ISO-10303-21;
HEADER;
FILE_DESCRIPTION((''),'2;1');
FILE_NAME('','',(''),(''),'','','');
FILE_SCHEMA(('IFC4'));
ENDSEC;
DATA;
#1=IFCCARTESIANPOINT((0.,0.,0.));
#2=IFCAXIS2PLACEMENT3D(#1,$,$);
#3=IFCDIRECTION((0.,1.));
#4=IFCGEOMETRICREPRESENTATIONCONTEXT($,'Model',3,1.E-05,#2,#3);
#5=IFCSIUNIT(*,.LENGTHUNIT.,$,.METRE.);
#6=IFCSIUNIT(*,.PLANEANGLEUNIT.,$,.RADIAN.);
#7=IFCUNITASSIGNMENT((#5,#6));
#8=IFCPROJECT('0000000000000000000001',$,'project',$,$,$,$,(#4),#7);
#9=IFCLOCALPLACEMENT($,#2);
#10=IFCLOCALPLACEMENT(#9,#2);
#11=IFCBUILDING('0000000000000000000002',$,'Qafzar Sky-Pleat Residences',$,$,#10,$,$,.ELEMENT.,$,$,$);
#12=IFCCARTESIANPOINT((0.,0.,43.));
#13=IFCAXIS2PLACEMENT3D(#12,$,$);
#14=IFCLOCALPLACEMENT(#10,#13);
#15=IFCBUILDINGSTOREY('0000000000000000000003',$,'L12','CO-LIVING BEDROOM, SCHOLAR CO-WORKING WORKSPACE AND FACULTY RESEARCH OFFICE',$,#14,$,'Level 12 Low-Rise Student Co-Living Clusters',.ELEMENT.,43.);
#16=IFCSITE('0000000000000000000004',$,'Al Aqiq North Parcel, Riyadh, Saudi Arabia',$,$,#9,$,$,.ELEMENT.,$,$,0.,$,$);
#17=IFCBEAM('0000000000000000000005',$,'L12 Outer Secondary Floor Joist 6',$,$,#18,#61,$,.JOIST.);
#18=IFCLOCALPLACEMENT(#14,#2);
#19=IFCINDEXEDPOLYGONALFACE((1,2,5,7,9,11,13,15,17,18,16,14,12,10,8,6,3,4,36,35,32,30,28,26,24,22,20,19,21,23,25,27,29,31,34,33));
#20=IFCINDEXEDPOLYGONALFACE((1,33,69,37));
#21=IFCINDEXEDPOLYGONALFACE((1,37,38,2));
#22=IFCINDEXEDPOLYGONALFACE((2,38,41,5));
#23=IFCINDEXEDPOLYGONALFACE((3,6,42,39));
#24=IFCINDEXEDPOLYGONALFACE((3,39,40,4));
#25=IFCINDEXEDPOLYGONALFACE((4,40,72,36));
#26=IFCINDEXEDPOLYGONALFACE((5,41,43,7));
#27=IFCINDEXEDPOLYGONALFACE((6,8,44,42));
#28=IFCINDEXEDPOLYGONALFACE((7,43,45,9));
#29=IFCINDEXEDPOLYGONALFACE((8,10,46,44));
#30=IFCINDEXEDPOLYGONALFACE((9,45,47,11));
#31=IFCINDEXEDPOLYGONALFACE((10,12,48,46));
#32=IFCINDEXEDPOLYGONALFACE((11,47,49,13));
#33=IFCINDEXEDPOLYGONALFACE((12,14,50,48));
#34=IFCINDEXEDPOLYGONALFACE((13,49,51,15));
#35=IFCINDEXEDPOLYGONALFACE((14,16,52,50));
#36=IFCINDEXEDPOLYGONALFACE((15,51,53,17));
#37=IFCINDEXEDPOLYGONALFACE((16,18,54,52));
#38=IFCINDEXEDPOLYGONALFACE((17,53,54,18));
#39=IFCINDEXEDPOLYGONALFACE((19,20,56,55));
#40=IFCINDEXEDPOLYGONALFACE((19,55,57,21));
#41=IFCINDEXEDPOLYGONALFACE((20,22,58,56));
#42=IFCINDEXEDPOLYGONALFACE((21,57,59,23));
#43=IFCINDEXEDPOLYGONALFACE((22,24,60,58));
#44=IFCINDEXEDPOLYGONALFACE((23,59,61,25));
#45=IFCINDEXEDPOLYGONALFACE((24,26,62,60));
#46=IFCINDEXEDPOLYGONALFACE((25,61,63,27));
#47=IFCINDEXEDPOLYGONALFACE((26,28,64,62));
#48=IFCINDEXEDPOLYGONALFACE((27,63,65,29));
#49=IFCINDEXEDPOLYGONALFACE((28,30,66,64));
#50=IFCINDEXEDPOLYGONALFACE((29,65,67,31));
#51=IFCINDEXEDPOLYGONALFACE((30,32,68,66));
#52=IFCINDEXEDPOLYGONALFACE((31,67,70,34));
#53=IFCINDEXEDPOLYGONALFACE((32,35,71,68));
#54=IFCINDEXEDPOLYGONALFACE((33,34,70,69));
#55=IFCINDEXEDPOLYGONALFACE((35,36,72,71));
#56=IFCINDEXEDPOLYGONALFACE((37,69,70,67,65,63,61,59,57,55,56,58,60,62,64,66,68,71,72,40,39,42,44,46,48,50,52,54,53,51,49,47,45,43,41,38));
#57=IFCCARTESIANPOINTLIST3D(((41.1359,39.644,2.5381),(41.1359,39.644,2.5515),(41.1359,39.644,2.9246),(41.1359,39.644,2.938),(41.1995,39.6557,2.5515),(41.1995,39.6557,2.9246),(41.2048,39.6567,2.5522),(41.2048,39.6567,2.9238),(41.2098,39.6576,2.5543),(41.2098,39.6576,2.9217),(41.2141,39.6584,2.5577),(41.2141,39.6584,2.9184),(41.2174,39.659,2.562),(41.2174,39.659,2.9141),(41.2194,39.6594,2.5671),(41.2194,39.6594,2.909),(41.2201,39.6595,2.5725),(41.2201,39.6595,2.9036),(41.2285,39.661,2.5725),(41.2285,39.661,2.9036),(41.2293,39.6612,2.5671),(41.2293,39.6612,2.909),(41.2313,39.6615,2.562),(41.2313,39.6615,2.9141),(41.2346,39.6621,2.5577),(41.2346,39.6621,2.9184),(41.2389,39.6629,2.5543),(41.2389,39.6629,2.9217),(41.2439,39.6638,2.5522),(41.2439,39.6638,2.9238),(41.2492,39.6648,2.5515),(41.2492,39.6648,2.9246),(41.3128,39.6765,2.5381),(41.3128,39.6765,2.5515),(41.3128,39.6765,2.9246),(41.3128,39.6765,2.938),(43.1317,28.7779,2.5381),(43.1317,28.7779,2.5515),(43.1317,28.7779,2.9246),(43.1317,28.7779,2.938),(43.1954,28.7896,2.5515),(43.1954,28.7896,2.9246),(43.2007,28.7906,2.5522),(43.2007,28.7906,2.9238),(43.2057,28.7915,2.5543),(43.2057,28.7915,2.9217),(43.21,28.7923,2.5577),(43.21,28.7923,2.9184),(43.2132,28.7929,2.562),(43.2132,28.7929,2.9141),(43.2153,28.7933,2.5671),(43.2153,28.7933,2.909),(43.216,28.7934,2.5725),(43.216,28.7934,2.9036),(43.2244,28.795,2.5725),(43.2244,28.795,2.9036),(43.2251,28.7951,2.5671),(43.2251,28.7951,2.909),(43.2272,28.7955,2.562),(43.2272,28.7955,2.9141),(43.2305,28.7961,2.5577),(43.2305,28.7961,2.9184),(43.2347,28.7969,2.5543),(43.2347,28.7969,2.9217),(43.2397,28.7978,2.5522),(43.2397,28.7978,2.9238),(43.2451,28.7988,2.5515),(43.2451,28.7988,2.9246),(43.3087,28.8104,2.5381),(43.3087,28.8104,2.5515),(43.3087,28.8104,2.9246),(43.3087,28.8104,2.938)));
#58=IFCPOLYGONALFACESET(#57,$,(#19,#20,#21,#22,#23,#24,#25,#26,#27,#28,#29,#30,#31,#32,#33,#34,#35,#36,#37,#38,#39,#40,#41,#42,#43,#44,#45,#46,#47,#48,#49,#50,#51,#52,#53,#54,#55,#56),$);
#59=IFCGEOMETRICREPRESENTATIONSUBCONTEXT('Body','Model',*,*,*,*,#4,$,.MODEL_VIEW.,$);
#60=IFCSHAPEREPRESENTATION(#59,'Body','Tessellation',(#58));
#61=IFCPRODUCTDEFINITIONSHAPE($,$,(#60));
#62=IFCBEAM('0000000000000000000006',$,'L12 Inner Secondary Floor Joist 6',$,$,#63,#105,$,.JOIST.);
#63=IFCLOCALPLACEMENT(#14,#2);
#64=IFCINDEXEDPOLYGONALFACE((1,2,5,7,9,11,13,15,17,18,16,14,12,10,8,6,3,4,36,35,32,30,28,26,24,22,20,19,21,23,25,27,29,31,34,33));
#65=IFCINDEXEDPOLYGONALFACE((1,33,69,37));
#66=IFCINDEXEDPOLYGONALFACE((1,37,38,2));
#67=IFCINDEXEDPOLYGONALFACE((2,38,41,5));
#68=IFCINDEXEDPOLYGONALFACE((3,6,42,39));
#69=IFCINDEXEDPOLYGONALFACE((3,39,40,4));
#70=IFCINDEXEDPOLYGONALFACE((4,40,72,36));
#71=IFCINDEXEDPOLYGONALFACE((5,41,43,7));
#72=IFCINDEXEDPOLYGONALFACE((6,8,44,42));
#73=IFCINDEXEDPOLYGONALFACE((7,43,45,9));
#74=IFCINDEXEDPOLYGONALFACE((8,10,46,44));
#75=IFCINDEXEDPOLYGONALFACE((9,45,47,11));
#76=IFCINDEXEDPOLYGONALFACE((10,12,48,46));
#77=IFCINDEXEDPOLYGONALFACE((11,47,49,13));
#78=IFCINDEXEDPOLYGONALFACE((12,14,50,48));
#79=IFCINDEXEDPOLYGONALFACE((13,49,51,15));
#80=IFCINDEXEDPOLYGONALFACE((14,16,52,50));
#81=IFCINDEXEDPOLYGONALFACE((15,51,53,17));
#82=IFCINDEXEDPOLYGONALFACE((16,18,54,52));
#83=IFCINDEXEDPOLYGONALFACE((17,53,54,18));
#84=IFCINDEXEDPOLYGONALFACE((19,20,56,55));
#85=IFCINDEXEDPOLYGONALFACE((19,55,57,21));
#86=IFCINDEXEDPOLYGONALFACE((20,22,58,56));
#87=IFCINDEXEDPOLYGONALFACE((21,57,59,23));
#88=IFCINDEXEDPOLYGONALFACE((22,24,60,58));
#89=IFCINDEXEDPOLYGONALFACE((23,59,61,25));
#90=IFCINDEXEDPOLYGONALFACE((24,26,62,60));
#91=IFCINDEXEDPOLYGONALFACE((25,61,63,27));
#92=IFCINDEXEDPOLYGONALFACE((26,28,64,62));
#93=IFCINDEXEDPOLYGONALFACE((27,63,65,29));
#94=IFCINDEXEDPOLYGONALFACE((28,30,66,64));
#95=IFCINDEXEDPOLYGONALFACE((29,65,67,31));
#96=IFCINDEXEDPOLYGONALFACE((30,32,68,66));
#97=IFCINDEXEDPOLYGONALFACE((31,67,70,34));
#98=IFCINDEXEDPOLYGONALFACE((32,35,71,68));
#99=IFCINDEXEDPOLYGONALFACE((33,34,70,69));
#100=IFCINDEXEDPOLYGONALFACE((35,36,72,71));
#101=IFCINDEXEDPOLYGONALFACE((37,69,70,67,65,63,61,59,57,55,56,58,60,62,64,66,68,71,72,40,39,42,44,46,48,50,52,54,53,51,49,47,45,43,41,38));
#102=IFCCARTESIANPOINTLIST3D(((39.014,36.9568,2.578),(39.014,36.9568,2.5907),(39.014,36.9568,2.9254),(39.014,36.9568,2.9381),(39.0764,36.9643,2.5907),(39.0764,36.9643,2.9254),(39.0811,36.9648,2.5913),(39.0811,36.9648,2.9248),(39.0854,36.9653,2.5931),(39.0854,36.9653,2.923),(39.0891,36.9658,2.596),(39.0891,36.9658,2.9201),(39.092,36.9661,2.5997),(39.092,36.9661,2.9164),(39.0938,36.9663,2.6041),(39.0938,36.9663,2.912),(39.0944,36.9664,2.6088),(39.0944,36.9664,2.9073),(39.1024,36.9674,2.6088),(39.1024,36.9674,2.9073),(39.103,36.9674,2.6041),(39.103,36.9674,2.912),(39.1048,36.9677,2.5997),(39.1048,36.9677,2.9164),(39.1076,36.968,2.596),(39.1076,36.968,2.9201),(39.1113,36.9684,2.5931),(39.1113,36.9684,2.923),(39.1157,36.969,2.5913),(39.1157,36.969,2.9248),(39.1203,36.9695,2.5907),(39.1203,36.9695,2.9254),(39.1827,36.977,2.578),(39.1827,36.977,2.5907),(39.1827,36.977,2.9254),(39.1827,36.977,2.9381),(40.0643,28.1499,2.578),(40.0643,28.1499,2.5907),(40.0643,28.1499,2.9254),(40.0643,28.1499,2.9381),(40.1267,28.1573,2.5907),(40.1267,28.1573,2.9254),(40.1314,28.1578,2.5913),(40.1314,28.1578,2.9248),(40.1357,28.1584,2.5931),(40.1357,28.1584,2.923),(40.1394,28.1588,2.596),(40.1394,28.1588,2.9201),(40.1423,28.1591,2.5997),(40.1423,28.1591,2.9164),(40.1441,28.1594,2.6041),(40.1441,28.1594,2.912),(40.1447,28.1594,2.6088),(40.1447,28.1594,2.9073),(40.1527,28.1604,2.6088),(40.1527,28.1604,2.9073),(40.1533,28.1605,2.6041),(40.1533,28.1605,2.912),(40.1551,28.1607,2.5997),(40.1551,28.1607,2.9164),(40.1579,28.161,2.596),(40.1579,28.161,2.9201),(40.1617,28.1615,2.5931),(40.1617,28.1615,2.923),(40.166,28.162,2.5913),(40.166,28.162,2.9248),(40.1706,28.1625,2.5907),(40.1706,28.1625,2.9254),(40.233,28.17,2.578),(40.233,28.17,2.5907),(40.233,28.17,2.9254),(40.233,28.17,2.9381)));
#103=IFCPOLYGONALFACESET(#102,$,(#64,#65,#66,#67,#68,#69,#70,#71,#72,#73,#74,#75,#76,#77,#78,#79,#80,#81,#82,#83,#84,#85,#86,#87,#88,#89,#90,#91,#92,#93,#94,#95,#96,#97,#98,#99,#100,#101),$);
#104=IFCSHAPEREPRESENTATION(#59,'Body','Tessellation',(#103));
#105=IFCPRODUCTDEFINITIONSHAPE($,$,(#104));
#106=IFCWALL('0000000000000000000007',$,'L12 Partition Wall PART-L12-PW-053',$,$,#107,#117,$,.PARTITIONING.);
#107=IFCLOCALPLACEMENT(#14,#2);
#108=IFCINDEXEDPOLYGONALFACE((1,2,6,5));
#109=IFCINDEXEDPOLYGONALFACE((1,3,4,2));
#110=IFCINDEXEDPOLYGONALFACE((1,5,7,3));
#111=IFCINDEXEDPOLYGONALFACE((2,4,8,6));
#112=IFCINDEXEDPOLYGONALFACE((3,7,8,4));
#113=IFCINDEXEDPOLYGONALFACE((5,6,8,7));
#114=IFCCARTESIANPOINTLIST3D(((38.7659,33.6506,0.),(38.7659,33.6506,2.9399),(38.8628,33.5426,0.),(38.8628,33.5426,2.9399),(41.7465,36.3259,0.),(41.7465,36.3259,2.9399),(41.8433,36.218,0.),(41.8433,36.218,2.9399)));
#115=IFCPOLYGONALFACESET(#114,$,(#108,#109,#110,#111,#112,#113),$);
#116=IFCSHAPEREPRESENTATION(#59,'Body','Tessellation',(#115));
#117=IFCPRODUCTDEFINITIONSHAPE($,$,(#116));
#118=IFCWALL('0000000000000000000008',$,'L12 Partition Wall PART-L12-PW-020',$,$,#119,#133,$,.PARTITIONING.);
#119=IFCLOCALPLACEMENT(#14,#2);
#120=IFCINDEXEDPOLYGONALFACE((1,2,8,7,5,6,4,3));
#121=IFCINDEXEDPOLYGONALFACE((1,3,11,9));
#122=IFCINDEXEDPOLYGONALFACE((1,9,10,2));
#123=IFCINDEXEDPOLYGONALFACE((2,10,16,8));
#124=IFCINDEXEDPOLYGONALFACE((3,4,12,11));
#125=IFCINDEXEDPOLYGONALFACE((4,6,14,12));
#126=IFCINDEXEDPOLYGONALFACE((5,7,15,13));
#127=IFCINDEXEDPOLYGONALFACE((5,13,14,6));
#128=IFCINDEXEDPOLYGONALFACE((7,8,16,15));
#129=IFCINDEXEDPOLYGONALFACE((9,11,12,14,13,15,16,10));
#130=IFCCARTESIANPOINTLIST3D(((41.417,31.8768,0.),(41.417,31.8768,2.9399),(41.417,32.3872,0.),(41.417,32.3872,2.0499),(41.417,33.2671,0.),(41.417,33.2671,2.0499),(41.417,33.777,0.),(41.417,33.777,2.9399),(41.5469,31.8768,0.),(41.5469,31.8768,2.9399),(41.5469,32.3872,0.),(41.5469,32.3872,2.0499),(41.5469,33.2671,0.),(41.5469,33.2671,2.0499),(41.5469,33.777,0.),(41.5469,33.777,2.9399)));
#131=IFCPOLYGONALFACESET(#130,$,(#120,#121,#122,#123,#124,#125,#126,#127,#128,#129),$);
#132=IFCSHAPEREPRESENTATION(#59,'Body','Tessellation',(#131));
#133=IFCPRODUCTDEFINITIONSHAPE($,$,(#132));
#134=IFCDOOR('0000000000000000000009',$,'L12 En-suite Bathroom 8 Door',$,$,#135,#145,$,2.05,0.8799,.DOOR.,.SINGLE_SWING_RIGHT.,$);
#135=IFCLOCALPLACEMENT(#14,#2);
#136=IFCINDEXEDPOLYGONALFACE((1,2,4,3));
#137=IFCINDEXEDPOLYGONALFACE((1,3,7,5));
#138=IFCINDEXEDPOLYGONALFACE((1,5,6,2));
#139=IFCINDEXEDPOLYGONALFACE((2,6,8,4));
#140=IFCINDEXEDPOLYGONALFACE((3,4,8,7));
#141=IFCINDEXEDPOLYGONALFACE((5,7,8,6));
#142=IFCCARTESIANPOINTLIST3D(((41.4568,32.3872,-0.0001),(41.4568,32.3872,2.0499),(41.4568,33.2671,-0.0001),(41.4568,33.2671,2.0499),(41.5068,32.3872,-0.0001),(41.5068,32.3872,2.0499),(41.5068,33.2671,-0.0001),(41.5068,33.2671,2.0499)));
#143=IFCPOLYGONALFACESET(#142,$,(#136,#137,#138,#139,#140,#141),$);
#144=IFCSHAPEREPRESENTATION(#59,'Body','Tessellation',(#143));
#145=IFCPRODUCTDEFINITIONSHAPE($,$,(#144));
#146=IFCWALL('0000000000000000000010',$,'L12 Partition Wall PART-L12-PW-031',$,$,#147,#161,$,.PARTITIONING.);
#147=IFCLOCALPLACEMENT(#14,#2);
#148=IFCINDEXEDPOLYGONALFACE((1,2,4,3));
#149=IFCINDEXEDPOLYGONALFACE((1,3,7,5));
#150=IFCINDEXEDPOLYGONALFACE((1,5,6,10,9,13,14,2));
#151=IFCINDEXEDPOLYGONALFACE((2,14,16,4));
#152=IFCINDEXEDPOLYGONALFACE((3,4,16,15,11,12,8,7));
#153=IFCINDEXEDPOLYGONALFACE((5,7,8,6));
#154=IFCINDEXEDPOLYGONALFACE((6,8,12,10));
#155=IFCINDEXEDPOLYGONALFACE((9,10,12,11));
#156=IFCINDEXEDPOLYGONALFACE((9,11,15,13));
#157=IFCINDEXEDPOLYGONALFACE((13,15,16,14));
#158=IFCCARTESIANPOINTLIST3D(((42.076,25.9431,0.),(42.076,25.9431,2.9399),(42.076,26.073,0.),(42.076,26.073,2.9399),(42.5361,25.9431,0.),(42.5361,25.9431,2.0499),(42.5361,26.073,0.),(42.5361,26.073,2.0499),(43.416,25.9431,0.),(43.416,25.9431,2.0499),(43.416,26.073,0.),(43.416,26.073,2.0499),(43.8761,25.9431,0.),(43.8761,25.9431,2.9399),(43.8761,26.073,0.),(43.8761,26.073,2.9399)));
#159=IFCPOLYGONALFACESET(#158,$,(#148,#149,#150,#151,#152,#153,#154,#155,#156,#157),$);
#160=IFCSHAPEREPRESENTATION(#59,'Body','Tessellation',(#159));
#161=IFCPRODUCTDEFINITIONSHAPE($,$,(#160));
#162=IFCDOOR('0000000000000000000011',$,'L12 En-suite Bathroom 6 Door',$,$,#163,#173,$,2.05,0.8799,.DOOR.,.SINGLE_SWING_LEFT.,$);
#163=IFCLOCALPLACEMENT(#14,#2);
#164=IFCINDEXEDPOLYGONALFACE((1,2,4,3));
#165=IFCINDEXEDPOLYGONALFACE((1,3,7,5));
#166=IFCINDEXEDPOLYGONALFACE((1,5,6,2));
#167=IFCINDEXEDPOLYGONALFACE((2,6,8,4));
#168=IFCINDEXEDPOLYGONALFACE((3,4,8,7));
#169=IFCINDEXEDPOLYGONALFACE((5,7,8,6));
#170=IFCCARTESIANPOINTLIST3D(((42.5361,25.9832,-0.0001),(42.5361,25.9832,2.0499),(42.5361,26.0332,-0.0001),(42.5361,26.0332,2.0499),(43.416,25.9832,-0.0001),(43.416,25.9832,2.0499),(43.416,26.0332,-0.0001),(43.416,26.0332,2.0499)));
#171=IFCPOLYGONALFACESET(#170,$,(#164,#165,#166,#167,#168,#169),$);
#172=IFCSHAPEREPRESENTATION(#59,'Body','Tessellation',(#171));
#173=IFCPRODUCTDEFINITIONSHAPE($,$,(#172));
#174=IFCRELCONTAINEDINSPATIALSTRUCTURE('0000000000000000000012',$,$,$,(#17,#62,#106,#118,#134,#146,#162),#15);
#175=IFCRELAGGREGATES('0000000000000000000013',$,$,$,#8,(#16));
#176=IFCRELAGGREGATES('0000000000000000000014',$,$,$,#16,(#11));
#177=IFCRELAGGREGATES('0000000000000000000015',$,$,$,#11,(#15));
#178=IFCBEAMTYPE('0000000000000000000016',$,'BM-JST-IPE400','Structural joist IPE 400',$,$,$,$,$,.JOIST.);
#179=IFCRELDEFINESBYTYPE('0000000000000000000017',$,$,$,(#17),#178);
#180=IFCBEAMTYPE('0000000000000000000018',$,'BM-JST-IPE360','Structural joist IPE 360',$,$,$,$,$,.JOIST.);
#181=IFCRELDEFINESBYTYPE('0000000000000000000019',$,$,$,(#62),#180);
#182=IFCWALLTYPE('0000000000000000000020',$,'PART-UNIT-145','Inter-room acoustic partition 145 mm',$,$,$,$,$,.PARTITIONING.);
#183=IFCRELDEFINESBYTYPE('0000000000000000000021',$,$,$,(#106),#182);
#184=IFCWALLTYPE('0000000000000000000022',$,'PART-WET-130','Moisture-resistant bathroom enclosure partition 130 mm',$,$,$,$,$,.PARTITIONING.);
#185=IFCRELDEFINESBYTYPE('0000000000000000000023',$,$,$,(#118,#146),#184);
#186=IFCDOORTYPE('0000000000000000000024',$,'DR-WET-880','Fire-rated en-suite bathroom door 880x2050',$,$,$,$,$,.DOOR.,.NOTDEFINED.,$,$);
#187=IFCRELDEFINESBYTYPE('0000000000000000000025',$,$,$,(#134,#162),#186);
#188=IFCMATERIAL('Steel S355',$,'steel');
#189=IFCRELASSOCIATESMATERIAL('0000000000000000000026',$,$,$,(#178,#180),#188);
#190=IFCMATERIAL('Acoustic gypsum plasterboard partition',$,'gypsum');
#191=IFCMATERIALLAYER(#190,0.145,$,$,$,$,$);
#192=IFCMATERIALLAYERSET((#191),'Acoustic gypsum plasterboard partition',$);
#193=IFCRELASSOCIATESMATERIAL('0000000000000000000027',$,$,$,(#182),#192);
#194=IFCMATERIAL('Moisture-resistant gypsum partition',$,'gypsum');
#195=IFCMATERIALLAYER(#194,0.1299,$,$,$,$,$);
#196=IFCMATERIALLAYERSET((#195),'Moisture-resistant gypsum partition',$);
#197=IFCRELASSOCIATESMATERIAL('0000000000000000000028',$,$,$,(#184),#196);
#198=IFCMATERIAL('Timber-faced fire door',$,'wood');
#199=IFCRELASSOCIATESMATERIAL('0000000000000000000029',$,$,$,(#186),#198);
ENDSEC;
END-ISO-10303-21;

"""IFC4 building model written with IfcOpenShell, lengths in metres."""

from ifc_helpers import new_model, si_unit, direction, frame, frame_2d, origin, origin_2d, place, context, subcontext, project, spatial, rectangle, i_section, extrude, source, transform, mapped, material, layer, layer_set, material_profile, profile_set, type_object, element, fill, save


model = new_model("IFC4")

# Units and contexts
model_context = context("Model", 3, precision=1e-05, world=origin(), true_north=direction((0.0, 1.0)))
body_context = subcontext(model_context, "Body", "Model", "MODEL_VIEW")
ifc_project = project(units=[si_unit("LENGTHUNIT", "METRE"), si_unit("PLANEANGLEUNIT", "RADIAN")], contexts=[model_context])

# Site, building, storey
site_placement = place(None, origin())
site = spatial("IfcSite", under=ifc_project, at=site_placement, Name="Al Aqiq North Parcel, Riyadh, Saudi Arabia", CompositionType="ELEMENT", RefElevation=0.0)
building_placement = place(site_placement, origin())
building = spatial("IfcBuilding", under=site, at=building_placement, Name="Qafzar Sky-Pleat Residences", CompositionType="ELEMENT")
storey_placement = place(building_placement, frame((0.0, 0.0, 43.0)))
storey = spatial("IfcBuildingStorey", under=building, at=storey_placement, Name="L12", Description="CO-LIVING BEDROOM, SCHOLAR CO-WORKING WORKSPACE AND FACULTY RESEARCH OFFICE", LongName="Level 12 Low-Rise Student Co-Living Clusters", CompositionType="ELEMENT", Elevation=43.0)

# Beams
ifc_material_1 = material(Name="Steel S355", Category="steel")
ifc_material_profile_1 = material_profile(ifc_material_1, i_section(OverallWidth=0.1799, OverallDepth=0.3999, WebThickness=0.0085, FlangeThickness=0.0134, FilletRadius=0.021, at=origin_2d()), Name="IPE 400")
ifc_profile_set_1 = profile_set([ifc_material_profile_1], Name="Steel S355")
beam_type_1 = type_object("IfcBeamType", Name="BM-JST-IPE400", Description="Structural joist IPE 400", PredefinedType="JOIST", material=ifc_profile_set_1)
shared_shape_1 = source(origin(), body_context, "Body", "SweptSolid", [
    extrude(i_section(OverallWidth=0.1799, OverallDepth=0.3999, WebThickness=0.0085, FlangeThickness=0.0134, FilletRadius=0.021, at=origin_2d()), origin(), (0.0, 0.0, 1.0), 11.0479),
])
beam_1_placement = place(storey_placement, frame((43.2202, 28.7942, 2.738), z_axis=(-0.180657, 0.983546, 0.0), x_axis=(-0.983546, -0.180657, 0.0)))
element("IfcBeam", 1, at=beam_1_placement, inside=storey, type_object=beam_type_1, Name="L12 Outer Secondary Floor Joist 6", PredefinedType="JOIST", context=body_context, shape_type="MappedRepresentation", body=[
    mapped(shared_shape_1, transform((0.0, 0.0, 0.0), x_axis=(1.0, 0.0, 0.0), y_axis=(0.0, 1.0, 0.0), z_axis=(0.0, 0.0, 1.0), scale=1.0)),
])
ifc_material_profile_2 = material_profile(ifc_material_1, i_section(OverallWidth=0.1699, OverallDepth=0.3601, WebThickness=0.0081, FlangeThickness=0.0127, FilletRadius=0.0181, at=origin_2d()), Name="IPE 360")
ifc_profile_set_2 = profile_set([ifc_material_profile_2], Name="Steel S355")
beam_type_2 = type_object("IfcBeamType", Name="BM-JST-IPE360", Description="Structural joist IPE 360", PredefinedType="JOIST", material=ifc_profile_set_2)
shared_shape_2 = source(origin(), body_context, "Body", "SweptSolid", [
    extrude(i_section(OverallWidth=0.1699, OverallDepth=0.3601, WebThickness=0.0081, FlangeThickness=0.0127, FilletRadius=0.0181, at=origin_2d()), origin(), (0.0, 0.0, 1.0), 8.8694),
])
beam_2_placement = place(storey_placement, frame((40.1487, 28.1599, 2.7581), z_axis=(-0.118419, 0.992964, 0.0), x_axis=(-0.992964, -0.118419, 0.0)))
element("IfcBeam", 2, at=beam_2_placement, inside=storey, type_object=beam_type_2, Name="L12 Inner Secondary Floor Joist 6", PredefinedType="JOIST", context=body_context, shape_type="MappedRepresentation", body=[
    mapped(shared_shape_2, transform((0.0, 0.0, 0.0), x_axis=(1.0, 0.0, 0.0), y_axis=(0.0, 1.0, 0.0), z_axis=(0.0, 0.0, 1.0), scale=1.0)),
])

# Wall
ifc_material_2 = material(Name="Acoustic gypsum plasterboard partition", Category="gypsum")
ifc_layer_1 = layer(ifc_material_2, 0.145)
ifc_layer_set_1 = layer_set([ifc_layer_1], Name="Acoustic gypsum plasterboard partition")
wall_type_1 = type_object("IfcWallType", Name="PART-UNIT-145", Description="Inter-room acoustic partition 145 mm", PredefinedType="PARTITIONING", material=ifc_layer_set_1)
wall_1_placement = place(storey_placement, frame((38.8145, 33.5967, 0.0), z_axis=(0.0, 0.0, 1.0), x_axis=(0.744179, 0.667981, 0.0)))
element("IfcWall", 3, at=wall_1_placement, inside=storey, type_object=wall_type_1, Name="L12 Partition Wall PART-L12-PW-053", PredefinedType="PARTITIONING", context=body_context, shape_type="SweptSolid", body=[
    extrude(rectangle(XDim=4.0051, YDim=0.145, at=frame_2d((2.0024, 0.0))), origin(), (0.0, 0.0, 1.0), 2.9399),
])

# Walls, openings, doors
ifc_material_3 = material(Name="Moisture-resistant gypsum partition", Category="gypsum")
ifc_layer_2 = layer(ifc_material_3, 0.1299)
ifc_layer_set_2 = layer_set([ifc_layer_2], Name="Moisture-resistant gypsum partition")
wall_type_2 = type_object("IfcWallType", Name="PART-WET-130", Description="Moisture-resistant bathroom enclosure partition 130 mm", PredefinedType="PARTITIONING", material=ifc_layer_set_2)
wall_2_placement = place(storey_placement, frame((41.4819, 33.7771, 0.0), z_axis=(0.0, 0.0, 1.0), x_axis=(0.0, -1.0, 0.0)))
wall_2 = element("IfcWall", 4, at=wall_2_placement, inside=storey, type_object=wall_type_2, Name="L12 Partition Wall PART-L12-PW-020", PredefinedType="PARTITIONING", context=body_context, shape_type="SweptSolid", body=[
    extrude(rectangle(XDim=1.9001, YDim=0.1299, at=frame_2d((0.9502, 0.0))), origin(), (0.0, 0.0, 1.0), 2.9399),
])
opening_1_placement = place(wall_2_placement, frame((0.51, 0.0, 0.0)))
opening_1 = element("IfcOpeningElement", 5, at=opening_1_placement, cuts=wall_2, PredefinedType="OPENING", context=body_context, shape_type="SweptSolid", body=[
    extrude(rectangle(XDim=0.8799, YDim=2.05, at=frame_2d((0.4399, 1.0249))), frame((0.0, 0.075, 0.0), z_axis=(0.0, -1.0, 0.0), x_axis=(1.0, 0.0, 0.0)), (0.0, 0.0, 1.0), 0.1499),
])
ifc_material_4 = material(Name="Timber-faced fire door", Category="wood")
door_type = type_object("IfcDoorType", Name="DR-WET-880", Description="Fire-rated en-suite bathroom door 880x2050", OperationType="NOTDEFINED", PredefinedType="DOOR", material=ifc_material_4)
shared_shape_3 = source(origin(), body_context, "Body", "SweptSolid", [
    extrude(rectangle(XDim=0.8799, YDim=2.05, at=frame_2d((0.4399, 1.0249))), frame((0.0, 0.0249, 0.0), z_axis=(0.0, -1.0, 0.0), x_axis=(1.0, 0.0, 0.0)), (0.0, 0.0, 1.0), 0.05),
])
door_1_placement = place(opening_1_placement, origin())
door_1 = element("IfcDoor", 6, at=door_1_placement, inside=storey, type_object=door_type, Name="L12 En-suite Bathroom 8 Door", OperationType="SINGLE_SWING_RIGHT", OverallHeight=2.05, OverallWidth=0.8799, PredefinedType="DOOR", context=body_context, shape_type="MappedRepresentation", body=[
    mapped(shared_shape_3, transform((0.0, 0.0, 0.0), x_axis=(1.0, 0.0, 0.0), y_axis=(0.0, 1.0, 0.0), z_axis=(0.0, 0.0, 1.0), scale=1.0)),
])
fill(opening_1, door_1)
wall_3_placement = place(storey_placement, frame((43.876, 26.0081, 0.0), z_axis=(0.0, 0.0, 1.0), x_axis=(-1.0, 0.0, 0.0)))
wall_3 = element("IfcWall", 7, at=wall_3_placement, inside=storey, type_object=wall_type_2, Name="L12 Partition Wall PART-L12-PW-031", PredefinedType="PARTITIONING", context=body_context, shape_type="SweptSolid", body=[
    extrude(rectangle(XDim=1.8, YDim=0.1299, at=frame_2d((0.8999, 0.0))), origin(), (0.0, 0.0, 1.0), 2.9399),
])
opening_2_placement = place(wall_3_placement, frame((0.46, 0.0, 0.0)))
opening_2 = element("IfcOpeningElement", 8, at=opening_2_placement, cuts=wall_3, PredefinedType="OPENING", context=body_context, shape_type="SweptSolid", body=[
    extrude(rectangle(XDim=0.8799, YDim=2.05, at=frame_2d((0.4399, 1.0249))), frame((0.0, 0.075, 0.0), z_axis=(0.0, -1.0, 0.0), x_axis=(1.0, 0.0, 0.0)), (0.0, 0.0, 1.0), 0.1499),
])
door_2_placement = place(opening_2_placement, origin())
door_2 = element("IfcDoor", 9, at=door_2_placement, inside=storey, type_object=door_type, Name="L12 En-suite Bathroom 6 Door", OperationType="SINGLE_SWING_LEFT", OverallHeight=2.05, OverallWidth=0.8799, PredefinedType="DOOR", context=body_context, shape_type="MappedRepresentation", body=[
    mapped(shared_shape_3, transform((0.0, 0.0, 0.0), x_axis=(1.0, 0.0, 0.0), y_axis=(0.0, 1.0, 0.0), z_axis=(0.0, 0.0, 1.0), scale=1.0)),
])
fill(opening_2, door_2)

save(model, "model.ifc")
